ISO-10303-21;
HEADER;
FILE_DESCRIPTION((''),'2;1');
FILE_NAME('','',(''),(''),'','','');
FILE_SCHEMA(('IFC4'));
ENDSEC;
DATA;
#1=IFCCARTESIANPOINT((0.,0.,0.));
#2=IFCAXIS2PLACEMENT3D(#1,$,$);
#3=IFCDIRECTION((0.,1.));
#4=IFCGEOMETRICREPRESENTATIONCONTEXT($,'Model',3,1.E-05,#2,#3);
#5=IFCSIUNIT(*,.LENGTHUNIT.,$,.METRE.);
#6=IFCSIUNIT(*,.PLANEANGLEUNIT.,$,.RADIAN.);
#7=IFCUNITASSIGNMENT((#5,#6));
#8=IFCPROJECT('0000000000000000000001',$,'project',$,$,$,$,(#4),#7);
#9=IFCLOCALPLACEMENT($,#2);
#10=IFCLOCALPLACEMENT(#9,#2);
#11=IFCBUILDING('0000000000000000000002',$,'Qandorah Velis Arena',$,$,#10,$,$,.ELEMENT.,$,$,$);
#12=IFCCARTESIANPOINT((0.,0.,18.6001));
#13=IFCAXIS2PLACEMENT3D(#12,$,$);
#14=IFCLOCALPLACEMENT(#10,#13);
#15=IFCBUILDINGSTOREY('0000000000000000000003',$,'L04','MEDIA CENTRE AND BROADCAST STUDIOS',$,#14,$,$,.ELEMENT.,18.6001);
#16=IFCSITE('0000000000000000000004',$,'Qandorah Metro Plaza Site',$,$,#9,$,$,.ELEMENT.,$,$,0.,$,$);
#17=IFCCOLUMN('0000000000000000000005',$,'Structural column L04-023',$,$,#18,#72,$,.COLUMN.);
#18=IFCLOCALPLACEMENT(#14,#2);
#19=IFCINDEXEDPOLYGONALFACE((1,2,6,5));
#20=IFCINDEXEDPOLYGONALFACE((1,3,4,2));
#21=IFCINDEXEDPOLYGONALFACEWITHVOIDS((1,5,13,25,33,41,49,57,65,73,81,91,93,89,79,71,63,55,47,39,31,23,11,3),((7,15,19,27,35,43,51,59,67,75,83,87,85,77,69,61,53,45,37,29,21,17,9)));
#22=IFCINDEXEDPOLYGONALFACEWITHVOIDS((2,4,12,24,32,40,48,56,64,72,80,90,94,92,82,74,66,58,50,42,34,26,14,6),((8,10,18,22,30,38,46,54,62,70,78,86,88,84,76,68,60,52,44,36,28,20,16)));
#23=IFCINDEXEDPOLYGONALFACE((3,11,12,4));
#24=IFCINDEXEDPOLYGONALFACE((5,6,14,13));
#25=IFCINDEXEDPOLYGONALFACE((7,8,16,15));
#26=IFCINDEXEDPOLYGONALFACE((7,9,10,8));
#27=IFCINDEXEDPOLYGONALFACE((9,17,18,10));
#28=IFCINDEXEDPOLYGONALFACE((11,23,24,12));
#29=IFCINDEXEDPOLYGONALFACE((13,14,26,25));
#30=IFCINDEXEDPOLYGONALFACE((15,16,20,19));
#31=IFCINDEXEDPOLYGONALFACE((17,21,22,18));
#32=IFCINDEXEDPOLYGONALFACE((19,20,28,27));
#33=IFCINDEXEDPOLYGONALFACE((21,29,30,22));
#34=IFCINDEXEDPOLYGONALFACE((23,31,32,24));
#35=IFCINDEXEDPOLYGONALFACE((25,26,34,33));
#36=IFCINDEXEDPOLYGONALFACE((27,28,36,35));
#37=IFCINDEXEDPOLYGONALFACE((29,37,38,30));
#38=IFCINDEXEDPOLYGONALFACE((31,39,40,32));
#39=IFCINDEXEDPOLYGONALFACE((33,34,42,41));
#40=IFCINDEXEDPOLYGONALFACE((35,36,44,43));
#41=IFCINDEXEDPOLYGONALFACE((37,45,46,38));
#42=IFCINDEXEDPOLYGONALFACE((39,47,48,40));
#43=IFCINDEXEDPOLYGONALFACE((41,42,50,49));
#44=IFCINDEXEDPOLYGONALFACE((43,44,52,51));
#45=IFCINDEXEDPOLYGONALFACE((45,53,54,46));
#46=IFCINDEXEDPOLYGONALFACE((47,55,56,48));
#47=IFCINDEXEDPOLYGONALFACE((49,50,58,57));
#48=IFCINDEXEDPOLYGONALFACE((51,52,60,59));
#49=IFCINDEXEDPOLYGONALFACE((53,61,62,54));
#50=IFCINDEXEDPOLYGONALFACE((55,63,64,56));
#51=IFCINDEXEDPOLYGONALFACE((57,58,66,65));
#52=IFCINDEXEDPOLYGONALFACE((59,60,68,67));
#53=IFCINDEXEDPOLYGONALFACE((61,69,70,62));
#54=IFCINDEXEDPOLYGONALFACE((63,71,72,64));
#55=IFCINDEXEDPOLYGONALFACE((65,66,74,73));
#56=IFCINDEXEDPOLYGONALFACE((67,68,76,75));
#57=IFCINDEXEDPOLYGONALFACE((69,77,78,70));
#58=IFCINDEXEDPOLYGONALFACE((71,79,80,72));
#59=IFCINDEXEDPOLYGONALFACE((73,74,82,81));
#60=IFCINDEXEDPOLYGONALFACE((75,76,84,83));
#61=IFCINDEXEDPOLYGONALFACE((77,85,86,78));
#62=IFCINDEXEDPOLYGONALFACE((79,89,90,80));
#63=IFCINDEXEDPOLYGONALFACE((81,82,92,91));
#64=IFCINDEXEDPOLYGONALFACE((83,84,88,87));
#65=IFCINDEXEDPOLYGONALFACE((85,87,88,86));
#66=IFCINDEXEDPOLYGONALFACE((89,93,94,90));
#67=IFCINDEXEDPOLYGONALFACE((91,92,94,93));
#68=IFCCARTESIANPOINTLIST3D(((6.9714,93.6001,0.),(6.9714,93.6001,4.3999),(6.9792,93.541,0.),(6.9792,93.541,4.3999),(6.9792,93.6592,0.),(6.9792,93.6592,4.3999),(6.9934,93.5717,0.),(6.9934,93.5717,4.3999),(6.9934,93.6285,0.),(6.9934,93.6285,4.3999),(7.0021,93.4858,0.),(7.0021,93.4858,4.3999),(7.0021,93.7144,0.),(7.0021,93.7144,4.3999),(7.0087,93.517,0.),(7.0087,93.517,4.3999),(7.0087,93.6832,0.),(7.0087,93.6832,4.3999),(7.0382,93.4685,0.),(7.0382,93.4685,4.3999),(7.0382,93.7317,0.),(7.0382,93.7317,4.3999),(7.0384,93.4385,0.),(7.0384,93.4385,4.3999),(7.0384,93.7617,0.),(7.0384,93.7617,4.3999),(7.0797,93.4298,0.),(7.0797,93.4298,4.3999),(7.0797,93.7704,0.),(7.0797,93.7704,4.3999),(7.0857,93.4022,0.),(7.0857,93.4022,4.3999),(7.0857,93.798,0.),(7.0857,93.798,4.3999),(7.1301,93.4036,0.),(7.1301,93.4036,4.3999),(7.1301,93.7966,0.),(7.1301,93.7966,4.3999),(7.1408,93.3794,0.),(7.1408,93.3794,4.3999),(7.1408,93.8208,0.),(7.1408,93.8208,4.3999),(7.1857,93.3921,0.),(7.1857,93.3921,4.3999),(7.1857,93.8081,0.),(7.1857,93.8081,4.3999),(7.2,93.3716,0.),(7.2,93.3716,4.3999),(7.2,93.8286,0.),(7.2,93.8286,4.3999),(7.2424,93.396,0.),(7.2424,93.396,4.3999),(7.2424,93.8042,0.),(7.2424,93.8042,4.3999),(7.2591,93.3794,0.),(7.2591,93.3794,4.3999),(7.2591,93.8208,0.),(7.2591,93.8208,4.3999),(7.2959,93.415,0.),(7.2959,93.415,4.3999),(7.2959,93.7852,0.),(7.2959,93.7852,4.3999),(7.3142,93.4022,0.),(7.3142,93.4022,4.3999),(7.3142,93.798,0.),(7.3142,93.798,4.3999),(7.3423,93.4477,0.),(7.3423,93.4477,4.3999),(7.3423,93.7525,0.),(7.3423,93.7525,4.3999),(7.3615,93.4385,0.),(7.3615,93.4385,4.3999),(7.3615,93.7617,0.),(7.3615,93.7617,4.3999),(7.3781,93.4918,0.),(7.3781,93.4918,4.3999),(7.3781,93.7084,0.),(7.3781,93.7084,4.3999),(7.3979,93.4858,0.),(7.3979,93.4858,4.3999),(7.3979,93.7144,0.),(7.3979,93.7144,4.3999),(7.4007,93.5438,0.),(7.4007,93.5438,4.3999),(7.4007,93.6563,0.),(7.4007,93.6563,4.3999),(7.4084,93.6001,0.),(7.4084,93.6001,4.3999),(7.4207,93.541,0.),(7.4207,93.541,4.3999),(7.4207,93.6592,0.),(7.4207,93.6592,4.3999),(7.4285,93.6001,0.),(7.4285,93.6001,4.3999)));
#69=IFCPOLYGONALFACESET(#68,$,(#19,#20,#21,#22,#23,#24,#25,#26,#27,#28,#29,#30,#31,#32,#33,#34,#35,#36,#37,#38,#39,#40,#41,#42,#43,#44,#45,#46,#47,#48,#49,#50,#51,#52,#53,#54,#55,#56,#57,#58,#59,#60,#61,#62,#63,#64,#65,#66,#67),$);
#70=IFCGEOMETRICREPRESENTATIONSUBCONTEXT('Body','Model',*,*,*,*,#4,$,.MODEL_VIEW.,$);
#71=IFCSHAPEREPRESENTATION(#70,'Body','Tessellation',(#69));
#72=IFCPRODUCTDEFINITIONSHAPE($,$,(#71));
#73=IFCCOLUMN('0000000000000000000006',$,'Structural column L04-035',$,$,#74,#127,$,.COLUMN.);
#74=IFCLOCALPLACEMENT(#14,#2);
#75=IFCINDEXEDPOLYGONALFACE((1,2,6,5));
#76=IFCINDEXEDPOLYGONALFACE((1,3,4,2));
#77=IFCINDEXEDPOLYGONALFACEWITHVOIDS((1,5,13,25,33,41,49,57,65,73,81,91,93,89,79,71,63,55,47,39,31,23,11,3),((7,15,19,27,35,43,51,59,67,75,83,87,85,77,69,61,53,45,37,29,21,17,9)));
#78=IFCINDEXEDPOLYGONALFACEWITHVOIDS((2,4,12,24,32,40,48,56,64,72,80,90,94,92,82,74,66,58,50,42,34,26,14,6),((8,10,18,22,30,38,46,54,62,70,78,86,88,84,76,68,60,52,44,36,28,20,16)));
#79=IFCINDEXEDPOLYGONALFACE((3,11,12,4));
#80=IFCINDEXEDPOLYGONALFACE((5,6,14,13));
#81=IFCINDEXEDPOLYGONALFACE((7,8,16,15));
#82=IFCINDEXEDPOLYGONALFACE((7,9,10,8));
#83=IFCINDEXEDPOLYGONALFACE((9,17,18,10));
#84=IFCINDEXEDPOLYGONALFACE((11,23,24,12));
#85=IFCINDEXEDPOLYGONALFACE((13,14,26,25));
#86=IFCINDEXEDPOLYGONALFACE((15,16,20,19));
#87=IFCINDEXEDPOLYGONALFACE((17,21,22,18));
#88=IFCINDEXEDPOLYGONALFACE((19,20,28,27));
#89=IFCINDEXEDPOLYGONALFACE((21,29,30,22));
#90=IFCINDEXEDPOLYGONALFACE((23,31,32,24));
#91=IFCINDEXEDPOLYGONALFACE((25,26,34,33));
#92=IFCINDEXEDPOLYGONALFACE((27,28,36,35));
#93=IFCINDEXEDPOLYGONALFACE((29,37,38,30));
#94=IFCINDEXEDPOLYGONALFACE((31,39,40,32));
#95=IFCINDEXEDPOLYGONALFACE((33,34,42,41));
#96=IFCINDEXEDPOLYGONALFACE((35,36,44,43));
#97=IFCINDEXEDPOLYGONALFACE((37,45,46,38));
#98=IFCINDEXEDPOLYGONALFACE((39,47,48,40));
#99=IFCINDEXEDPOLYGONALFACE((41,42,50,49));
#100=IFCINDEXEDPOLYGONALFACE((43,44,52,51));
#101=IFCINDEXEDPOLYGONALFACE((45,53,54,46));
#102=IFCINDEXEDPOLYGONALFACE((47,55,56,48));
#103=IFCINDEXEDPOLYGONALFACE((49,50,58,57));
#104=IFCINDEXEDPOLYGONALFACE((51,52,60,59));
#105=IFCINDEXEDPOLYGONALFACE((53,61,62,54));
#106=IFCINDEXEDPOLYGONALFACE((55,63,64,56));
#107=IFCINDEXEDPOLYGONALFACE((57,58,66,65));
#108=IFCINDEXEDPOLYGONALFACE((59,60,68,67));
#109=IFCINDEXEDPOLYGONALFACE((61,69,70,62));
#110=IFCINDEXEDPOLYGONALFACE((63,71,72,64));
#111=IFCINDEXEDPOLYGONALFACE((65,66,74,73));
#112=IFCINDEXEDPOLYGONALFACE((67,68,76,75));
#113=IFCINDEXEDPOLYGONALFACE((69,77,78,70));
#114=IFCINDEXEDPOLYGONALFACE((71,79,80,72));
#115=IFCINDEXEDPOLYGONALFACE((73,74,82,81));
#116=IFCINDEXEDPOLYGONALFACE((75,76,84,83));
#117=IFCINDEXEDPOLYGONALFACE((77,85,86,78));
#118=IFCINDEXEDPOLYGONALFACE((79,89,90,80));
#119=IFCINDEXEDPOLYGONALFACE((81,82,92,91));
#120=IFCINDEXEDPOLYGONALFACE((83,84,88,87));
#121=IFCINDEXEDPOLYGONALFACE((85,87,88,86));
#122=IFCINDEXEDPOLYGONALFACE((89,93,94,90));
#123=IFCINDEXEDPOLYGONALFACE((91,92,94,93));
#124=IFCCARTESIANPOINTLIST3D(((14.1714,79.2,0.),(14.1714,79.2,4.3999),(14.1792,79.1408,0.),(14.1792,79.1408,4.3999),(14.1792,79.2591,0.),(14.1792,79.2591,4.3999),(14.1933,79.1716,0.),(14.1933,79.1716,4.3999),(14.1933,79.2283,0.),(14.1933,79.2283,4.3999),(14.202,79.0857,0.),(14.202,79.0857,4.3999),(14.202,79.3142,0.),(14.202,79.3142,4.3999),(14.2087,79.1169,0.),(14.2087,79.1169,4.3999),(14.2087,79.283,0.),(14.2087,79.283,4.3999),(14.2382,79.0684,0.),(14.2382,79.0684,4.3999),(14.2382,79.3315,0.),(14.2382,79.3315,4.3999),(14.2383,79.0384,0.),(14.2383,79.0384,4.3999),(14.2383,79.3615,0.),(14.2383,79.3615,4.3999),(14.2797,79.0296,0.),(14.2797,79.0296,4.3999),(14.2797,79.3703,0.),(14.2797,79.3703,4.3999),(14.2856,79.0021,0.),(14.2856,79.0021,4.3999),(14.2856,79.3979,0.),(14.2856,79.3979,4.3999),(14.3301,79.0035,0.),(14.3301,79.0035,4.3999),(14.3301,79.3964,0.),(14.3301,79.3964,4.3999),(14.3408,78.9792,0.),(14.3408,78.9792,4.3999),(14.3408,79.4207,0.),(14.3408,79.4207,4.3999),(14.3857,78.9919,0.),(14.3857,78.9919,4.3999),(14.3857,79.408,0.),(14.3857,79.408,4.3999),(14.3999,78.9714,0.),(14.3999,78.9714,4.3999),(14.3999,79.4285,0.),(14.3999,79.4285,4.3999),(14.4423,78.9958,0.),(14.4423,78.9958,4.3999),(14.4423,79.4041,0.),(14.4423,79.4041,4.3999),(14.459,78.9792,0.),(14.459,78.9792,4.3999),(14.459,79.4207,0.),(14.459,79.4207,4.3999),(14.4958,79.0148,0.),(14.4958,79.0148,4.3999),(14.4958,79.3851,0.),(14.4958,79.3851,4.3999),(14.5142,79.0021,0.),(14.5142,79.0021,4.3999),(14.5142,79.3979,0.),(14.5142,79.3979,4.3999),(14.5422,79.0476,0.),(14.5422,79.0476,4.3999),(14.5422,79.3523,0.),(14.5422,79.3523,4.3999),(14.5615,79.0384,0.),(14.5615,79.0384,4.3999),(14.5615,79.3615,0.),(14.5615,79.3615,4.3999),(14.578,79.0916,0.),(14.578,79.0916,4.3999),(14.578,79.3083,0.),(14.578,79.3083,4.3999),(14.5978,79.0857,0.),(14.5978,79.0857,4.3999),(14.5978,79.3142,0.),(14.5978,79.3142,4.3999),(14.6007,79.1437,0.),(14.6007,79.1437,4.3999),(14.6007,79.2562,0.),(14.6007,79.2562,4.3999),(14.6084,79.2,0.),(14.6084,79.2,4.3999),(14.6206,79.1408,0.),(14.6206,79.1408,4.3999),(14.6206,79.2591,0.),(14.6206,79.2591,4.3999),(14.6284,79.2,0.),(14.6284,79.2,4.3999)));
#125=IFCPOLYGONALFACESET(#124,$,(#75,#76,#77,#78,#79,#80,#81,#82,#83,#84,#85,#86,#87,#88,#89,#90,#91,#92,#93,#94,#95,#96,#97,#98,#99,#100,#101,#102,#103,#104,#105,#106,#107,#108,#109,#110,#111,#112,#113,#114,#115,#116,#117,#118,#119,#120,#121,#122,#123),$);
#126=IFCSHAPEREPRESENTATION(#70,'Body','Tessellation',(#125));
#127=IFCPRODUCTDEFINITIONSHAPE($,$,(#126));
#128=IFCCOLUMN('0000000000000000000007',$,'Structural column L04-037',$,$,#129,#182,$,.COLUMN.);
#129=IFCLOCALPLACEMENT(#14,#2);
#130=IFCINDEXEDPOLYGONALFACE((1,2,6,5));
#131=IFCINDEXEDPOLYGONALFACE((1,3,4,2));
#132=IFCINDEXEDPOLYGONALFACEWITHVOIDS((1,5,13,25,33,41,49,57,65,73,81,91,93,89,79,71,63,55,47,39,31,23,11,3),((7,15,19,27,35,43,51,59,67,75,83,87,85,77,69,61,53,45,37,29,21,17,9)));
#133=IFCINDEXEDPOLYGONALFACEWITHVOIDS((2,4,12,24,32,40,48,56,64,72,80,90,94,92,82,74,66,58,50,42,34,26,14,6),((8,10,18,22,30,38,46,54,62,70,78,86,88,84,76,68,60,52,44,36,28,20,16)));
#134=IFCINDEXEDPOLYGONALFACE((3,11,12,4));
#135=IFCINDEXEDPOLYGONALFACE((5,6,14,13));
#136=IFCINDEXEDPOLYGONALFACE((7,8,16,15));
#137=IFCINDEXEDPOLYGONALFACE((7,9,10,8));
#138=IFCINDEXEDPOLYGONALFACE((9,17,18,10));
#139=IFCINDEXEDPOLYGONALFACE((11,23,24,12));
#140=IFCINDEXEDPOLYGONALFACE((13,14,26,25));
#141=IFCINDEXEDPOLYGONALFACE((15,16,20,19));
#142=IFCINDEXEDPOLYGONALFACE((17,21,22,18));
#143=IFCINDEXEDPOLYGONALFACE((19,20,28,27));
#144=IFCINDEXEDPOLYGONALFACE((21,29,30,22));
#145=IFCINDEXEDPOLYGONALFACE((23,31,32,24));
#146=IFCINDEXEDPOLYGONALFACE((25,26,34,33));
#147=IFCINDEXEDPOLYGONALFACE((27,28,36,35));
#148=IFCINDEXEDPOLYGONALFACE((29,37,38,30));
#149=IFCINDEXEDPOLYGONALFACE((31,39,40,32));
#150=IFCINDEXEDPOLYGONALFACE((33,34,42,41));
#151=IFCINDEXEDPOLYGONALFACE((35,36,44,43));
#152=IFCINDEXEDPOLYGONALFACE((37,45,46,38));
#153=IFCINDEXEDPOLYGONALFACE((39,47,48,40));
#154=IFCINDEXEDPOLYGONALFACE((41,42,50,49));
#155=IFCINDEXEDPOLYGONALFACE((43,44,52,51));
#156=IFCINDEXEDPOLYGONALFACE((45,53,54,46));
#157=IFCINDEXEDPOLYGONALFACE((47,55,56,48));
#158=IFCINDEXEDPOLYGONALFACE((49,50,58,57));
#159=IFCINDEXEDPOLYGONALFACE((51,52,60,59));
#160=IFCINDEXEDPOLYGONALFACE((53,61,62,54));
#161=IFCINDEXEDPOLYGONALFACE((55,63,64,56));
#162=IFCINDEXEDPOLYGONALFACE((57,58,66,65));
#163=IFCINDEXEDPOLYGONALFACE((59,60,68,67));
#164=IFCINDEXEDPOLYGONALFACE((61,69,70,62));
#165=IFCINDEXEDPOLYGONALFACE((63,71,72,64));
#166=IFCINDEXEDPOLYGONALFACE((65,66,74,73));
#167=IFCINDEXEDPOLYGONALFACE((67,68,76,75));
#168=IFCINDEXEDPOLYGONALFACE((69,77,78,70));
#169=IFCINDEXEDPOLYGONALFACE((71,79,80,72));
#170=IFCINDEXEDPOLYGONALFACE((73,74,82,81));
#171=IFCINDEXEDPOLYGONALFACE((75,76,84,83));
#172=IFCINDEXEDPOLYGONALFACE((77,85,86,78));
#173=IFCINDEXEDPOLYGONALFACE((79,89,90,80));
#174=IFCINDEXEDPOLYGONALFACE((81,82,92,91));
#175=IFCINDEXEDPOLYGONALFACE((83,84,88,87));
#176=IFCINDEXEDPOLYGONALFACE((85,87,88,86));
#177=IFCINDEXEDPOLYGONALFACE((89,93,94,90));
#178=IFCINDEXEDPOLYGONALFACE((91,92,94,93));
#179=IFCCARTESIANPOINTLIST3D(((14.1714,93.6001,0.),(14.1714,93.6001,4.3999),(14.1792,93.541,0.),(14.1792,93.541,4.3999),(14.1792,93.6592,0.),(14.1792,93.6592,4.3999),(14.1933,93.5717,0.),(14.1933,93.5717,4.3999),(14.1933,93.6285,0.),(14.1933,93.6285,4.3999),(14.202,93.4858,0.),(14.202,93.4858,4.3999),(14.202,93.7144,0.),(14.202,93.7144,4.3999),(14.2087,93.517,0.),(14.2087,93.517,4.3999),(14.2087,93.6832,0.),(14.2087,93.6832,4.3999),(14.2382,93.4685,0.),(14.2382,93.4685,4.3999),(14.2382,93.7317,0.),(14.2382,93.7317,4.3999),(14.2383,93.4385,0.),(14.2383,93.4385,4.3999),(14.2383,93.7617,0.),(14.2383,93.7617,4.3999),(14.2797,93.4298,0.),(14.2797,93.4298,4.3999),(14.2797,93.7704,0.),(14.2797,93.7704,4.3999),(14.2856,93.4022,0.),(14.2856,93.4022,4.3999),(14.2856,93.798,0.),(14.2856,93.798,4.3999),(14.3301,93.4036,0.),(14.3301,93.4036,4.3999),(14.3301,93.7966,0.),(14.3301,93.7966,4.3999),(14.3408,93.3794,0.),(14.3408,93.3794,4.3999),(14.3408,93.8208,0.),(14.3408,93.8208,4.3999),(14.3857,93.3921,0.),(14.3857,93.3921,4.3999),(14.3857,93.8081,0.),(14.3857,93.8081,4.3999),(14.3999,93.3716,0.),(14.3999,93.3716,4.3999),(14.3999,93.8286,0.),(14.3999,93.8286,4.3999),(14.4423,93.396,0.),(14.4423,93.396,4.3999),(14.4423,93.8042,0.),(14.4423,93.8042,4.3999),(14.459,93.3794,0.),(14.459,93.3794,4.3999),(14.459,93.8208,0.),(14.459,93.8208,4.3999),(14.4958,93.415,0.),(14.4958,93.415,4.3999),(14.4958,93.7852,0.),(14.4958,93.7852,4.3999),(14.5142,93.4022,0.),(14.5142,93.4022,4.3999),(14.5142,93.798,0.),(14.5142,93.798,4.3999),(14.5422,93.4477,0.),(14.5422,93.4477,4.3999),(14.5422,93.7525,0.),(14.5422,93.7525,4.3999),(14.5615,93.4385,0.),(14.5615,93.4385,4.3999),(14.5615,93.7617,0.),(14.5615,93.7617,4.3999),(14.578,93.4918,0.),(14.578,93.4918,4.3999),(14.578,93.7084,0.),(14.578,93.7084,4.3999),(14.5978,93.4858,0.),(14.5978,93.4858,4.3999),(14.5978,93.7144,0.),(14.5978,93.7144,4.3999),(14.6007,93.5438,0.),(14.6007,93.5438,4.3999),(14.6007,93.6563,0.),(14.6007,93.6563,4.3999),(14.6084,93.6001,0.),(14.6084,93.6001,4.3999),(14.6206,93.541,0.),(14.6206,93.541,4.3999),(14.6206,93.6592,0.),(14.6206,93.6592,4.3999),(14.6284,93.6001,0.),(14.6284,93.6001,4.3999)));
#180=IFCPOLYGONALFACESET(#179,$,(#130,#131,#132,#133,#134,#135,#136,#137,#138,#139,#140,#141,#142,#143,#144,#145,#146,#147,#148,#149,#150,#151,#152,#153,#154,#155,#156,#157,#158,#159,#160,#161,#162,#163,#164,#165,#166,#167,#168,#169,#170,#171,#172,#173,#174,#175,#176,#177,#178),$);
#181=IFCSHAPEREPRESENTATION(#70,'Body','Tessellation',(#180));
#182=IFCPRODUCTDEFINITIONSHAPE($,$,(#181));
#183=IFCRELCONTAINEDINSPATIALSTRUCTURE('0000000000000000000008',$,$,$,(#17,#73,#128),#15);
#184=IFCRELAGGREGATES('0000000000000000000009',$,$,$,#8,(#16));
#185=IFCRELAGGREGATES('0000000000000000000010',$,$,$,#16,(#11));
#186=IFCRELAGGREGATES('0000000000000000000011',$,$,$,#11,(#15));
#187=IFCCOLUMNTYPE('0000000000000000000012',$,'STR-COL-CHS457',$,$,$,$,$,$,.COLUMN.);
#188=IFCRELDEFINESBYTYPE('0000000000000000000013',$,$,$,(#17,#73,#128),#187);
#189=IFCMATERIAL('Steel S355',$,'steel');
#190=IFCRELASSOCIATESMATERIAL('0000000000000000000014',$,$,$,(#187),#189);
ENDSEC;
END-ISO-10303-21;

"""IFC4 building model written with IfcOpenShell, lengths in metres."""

from ifc_helpers import new_model, si_unit, direction, frame, origin, origin_2d, place, context, subcontext, project, spatial, hollow_circle, extrude, material, material_profile, profile_set, type_object, element, save


model = new_model("IFC4")

# Units and contexts
model_context = context("Model", 3, precision=1e-05, world=origin(), true_north=direction((0.0, 1.0)))
body_context = subcontext(model_context, "Body", "Model", "MODEL_VIEW")
ifc_project = project(units=[si_unit("LENGTHUNIT", "METRE"), si_unit("PLANEANGLEUNIT", "RADIAN")], contexts=[model_context])

# Site, building, storey
site_placement = place(None, origin())
site = spatial("IfcSite", under=ifc_project, at=site_placement, Name="Qandorah Metro Plaza Site", CompositionType="ELEMENT", RefElevation=0.0)
building_placement = place(site_placement, origin())
building = spatial("IfcBuilding", under=site, at=building_placement, Name="Qandorah Velis Arena", CompositionType="ELEMENT")
storey_placement = place(building_placement, frame((0.0, 0.0, 18.6001)))
storey = spatial("IfcBuildingStorey", under=building, at=storey_placement, Name="L04", Description="MEDIA CENTRE AND BROADCAST STUDIOS", CompositionType="ELEMENT", Elevation=18.6001)

# Columns
ifc_material_1 = material(Name="Steel S355", Category="steel")
ifc_material_profile_1 = material_profile(ifc_material_1, hollow_circle(Radius=0.2285, WallThickness=0.02, at=origin_2d()), Name="CHS 457x20")
ifc_profile_set_1 = profile_set([ifc_material_profile_1], Name="Steel S355")
column_type_1 = type_object("IfcColumnType", Name="STR-COL-CHS457", PredefinedType="COLUMN", material=ifc_profile_set_1)
for number, where, z_axis, x_axis, name in (
    (1, (7.2, 93.6001, 0.0), (0.0, 0.0, 1.0), (1.0, 0.0, 0.0), "Structural column L04-023"),
    (2, (14.3999, 79.2, 0.0), (0.0, 0.0, 1.0), (1.0, 0.0, 0.0), "Structural column L04-035"),
    (3, (14.3999, 93.6001, 0.0), (0.0, 0.0, 1.0), (1.0, 0.0, 0.0), "Structural column L04-037"),
):
    element("IfcColumn", number, at=place(storey_placement, frame(where, z_axis=z_axis, x_axis=x_axis)), inside=storey, type_object=column_type_1, Name=name, PredefinedType="COLUMN", context=body_context, shape_type="SweptSolid", body=[
        extrude(hollow_circle(Radius=0.2285, WallThickness=0.02, at=origin_2d()), origin(), (0.0, 0.0, 1.0), 4.3999),
    ])

save(model, "model.ifc")
